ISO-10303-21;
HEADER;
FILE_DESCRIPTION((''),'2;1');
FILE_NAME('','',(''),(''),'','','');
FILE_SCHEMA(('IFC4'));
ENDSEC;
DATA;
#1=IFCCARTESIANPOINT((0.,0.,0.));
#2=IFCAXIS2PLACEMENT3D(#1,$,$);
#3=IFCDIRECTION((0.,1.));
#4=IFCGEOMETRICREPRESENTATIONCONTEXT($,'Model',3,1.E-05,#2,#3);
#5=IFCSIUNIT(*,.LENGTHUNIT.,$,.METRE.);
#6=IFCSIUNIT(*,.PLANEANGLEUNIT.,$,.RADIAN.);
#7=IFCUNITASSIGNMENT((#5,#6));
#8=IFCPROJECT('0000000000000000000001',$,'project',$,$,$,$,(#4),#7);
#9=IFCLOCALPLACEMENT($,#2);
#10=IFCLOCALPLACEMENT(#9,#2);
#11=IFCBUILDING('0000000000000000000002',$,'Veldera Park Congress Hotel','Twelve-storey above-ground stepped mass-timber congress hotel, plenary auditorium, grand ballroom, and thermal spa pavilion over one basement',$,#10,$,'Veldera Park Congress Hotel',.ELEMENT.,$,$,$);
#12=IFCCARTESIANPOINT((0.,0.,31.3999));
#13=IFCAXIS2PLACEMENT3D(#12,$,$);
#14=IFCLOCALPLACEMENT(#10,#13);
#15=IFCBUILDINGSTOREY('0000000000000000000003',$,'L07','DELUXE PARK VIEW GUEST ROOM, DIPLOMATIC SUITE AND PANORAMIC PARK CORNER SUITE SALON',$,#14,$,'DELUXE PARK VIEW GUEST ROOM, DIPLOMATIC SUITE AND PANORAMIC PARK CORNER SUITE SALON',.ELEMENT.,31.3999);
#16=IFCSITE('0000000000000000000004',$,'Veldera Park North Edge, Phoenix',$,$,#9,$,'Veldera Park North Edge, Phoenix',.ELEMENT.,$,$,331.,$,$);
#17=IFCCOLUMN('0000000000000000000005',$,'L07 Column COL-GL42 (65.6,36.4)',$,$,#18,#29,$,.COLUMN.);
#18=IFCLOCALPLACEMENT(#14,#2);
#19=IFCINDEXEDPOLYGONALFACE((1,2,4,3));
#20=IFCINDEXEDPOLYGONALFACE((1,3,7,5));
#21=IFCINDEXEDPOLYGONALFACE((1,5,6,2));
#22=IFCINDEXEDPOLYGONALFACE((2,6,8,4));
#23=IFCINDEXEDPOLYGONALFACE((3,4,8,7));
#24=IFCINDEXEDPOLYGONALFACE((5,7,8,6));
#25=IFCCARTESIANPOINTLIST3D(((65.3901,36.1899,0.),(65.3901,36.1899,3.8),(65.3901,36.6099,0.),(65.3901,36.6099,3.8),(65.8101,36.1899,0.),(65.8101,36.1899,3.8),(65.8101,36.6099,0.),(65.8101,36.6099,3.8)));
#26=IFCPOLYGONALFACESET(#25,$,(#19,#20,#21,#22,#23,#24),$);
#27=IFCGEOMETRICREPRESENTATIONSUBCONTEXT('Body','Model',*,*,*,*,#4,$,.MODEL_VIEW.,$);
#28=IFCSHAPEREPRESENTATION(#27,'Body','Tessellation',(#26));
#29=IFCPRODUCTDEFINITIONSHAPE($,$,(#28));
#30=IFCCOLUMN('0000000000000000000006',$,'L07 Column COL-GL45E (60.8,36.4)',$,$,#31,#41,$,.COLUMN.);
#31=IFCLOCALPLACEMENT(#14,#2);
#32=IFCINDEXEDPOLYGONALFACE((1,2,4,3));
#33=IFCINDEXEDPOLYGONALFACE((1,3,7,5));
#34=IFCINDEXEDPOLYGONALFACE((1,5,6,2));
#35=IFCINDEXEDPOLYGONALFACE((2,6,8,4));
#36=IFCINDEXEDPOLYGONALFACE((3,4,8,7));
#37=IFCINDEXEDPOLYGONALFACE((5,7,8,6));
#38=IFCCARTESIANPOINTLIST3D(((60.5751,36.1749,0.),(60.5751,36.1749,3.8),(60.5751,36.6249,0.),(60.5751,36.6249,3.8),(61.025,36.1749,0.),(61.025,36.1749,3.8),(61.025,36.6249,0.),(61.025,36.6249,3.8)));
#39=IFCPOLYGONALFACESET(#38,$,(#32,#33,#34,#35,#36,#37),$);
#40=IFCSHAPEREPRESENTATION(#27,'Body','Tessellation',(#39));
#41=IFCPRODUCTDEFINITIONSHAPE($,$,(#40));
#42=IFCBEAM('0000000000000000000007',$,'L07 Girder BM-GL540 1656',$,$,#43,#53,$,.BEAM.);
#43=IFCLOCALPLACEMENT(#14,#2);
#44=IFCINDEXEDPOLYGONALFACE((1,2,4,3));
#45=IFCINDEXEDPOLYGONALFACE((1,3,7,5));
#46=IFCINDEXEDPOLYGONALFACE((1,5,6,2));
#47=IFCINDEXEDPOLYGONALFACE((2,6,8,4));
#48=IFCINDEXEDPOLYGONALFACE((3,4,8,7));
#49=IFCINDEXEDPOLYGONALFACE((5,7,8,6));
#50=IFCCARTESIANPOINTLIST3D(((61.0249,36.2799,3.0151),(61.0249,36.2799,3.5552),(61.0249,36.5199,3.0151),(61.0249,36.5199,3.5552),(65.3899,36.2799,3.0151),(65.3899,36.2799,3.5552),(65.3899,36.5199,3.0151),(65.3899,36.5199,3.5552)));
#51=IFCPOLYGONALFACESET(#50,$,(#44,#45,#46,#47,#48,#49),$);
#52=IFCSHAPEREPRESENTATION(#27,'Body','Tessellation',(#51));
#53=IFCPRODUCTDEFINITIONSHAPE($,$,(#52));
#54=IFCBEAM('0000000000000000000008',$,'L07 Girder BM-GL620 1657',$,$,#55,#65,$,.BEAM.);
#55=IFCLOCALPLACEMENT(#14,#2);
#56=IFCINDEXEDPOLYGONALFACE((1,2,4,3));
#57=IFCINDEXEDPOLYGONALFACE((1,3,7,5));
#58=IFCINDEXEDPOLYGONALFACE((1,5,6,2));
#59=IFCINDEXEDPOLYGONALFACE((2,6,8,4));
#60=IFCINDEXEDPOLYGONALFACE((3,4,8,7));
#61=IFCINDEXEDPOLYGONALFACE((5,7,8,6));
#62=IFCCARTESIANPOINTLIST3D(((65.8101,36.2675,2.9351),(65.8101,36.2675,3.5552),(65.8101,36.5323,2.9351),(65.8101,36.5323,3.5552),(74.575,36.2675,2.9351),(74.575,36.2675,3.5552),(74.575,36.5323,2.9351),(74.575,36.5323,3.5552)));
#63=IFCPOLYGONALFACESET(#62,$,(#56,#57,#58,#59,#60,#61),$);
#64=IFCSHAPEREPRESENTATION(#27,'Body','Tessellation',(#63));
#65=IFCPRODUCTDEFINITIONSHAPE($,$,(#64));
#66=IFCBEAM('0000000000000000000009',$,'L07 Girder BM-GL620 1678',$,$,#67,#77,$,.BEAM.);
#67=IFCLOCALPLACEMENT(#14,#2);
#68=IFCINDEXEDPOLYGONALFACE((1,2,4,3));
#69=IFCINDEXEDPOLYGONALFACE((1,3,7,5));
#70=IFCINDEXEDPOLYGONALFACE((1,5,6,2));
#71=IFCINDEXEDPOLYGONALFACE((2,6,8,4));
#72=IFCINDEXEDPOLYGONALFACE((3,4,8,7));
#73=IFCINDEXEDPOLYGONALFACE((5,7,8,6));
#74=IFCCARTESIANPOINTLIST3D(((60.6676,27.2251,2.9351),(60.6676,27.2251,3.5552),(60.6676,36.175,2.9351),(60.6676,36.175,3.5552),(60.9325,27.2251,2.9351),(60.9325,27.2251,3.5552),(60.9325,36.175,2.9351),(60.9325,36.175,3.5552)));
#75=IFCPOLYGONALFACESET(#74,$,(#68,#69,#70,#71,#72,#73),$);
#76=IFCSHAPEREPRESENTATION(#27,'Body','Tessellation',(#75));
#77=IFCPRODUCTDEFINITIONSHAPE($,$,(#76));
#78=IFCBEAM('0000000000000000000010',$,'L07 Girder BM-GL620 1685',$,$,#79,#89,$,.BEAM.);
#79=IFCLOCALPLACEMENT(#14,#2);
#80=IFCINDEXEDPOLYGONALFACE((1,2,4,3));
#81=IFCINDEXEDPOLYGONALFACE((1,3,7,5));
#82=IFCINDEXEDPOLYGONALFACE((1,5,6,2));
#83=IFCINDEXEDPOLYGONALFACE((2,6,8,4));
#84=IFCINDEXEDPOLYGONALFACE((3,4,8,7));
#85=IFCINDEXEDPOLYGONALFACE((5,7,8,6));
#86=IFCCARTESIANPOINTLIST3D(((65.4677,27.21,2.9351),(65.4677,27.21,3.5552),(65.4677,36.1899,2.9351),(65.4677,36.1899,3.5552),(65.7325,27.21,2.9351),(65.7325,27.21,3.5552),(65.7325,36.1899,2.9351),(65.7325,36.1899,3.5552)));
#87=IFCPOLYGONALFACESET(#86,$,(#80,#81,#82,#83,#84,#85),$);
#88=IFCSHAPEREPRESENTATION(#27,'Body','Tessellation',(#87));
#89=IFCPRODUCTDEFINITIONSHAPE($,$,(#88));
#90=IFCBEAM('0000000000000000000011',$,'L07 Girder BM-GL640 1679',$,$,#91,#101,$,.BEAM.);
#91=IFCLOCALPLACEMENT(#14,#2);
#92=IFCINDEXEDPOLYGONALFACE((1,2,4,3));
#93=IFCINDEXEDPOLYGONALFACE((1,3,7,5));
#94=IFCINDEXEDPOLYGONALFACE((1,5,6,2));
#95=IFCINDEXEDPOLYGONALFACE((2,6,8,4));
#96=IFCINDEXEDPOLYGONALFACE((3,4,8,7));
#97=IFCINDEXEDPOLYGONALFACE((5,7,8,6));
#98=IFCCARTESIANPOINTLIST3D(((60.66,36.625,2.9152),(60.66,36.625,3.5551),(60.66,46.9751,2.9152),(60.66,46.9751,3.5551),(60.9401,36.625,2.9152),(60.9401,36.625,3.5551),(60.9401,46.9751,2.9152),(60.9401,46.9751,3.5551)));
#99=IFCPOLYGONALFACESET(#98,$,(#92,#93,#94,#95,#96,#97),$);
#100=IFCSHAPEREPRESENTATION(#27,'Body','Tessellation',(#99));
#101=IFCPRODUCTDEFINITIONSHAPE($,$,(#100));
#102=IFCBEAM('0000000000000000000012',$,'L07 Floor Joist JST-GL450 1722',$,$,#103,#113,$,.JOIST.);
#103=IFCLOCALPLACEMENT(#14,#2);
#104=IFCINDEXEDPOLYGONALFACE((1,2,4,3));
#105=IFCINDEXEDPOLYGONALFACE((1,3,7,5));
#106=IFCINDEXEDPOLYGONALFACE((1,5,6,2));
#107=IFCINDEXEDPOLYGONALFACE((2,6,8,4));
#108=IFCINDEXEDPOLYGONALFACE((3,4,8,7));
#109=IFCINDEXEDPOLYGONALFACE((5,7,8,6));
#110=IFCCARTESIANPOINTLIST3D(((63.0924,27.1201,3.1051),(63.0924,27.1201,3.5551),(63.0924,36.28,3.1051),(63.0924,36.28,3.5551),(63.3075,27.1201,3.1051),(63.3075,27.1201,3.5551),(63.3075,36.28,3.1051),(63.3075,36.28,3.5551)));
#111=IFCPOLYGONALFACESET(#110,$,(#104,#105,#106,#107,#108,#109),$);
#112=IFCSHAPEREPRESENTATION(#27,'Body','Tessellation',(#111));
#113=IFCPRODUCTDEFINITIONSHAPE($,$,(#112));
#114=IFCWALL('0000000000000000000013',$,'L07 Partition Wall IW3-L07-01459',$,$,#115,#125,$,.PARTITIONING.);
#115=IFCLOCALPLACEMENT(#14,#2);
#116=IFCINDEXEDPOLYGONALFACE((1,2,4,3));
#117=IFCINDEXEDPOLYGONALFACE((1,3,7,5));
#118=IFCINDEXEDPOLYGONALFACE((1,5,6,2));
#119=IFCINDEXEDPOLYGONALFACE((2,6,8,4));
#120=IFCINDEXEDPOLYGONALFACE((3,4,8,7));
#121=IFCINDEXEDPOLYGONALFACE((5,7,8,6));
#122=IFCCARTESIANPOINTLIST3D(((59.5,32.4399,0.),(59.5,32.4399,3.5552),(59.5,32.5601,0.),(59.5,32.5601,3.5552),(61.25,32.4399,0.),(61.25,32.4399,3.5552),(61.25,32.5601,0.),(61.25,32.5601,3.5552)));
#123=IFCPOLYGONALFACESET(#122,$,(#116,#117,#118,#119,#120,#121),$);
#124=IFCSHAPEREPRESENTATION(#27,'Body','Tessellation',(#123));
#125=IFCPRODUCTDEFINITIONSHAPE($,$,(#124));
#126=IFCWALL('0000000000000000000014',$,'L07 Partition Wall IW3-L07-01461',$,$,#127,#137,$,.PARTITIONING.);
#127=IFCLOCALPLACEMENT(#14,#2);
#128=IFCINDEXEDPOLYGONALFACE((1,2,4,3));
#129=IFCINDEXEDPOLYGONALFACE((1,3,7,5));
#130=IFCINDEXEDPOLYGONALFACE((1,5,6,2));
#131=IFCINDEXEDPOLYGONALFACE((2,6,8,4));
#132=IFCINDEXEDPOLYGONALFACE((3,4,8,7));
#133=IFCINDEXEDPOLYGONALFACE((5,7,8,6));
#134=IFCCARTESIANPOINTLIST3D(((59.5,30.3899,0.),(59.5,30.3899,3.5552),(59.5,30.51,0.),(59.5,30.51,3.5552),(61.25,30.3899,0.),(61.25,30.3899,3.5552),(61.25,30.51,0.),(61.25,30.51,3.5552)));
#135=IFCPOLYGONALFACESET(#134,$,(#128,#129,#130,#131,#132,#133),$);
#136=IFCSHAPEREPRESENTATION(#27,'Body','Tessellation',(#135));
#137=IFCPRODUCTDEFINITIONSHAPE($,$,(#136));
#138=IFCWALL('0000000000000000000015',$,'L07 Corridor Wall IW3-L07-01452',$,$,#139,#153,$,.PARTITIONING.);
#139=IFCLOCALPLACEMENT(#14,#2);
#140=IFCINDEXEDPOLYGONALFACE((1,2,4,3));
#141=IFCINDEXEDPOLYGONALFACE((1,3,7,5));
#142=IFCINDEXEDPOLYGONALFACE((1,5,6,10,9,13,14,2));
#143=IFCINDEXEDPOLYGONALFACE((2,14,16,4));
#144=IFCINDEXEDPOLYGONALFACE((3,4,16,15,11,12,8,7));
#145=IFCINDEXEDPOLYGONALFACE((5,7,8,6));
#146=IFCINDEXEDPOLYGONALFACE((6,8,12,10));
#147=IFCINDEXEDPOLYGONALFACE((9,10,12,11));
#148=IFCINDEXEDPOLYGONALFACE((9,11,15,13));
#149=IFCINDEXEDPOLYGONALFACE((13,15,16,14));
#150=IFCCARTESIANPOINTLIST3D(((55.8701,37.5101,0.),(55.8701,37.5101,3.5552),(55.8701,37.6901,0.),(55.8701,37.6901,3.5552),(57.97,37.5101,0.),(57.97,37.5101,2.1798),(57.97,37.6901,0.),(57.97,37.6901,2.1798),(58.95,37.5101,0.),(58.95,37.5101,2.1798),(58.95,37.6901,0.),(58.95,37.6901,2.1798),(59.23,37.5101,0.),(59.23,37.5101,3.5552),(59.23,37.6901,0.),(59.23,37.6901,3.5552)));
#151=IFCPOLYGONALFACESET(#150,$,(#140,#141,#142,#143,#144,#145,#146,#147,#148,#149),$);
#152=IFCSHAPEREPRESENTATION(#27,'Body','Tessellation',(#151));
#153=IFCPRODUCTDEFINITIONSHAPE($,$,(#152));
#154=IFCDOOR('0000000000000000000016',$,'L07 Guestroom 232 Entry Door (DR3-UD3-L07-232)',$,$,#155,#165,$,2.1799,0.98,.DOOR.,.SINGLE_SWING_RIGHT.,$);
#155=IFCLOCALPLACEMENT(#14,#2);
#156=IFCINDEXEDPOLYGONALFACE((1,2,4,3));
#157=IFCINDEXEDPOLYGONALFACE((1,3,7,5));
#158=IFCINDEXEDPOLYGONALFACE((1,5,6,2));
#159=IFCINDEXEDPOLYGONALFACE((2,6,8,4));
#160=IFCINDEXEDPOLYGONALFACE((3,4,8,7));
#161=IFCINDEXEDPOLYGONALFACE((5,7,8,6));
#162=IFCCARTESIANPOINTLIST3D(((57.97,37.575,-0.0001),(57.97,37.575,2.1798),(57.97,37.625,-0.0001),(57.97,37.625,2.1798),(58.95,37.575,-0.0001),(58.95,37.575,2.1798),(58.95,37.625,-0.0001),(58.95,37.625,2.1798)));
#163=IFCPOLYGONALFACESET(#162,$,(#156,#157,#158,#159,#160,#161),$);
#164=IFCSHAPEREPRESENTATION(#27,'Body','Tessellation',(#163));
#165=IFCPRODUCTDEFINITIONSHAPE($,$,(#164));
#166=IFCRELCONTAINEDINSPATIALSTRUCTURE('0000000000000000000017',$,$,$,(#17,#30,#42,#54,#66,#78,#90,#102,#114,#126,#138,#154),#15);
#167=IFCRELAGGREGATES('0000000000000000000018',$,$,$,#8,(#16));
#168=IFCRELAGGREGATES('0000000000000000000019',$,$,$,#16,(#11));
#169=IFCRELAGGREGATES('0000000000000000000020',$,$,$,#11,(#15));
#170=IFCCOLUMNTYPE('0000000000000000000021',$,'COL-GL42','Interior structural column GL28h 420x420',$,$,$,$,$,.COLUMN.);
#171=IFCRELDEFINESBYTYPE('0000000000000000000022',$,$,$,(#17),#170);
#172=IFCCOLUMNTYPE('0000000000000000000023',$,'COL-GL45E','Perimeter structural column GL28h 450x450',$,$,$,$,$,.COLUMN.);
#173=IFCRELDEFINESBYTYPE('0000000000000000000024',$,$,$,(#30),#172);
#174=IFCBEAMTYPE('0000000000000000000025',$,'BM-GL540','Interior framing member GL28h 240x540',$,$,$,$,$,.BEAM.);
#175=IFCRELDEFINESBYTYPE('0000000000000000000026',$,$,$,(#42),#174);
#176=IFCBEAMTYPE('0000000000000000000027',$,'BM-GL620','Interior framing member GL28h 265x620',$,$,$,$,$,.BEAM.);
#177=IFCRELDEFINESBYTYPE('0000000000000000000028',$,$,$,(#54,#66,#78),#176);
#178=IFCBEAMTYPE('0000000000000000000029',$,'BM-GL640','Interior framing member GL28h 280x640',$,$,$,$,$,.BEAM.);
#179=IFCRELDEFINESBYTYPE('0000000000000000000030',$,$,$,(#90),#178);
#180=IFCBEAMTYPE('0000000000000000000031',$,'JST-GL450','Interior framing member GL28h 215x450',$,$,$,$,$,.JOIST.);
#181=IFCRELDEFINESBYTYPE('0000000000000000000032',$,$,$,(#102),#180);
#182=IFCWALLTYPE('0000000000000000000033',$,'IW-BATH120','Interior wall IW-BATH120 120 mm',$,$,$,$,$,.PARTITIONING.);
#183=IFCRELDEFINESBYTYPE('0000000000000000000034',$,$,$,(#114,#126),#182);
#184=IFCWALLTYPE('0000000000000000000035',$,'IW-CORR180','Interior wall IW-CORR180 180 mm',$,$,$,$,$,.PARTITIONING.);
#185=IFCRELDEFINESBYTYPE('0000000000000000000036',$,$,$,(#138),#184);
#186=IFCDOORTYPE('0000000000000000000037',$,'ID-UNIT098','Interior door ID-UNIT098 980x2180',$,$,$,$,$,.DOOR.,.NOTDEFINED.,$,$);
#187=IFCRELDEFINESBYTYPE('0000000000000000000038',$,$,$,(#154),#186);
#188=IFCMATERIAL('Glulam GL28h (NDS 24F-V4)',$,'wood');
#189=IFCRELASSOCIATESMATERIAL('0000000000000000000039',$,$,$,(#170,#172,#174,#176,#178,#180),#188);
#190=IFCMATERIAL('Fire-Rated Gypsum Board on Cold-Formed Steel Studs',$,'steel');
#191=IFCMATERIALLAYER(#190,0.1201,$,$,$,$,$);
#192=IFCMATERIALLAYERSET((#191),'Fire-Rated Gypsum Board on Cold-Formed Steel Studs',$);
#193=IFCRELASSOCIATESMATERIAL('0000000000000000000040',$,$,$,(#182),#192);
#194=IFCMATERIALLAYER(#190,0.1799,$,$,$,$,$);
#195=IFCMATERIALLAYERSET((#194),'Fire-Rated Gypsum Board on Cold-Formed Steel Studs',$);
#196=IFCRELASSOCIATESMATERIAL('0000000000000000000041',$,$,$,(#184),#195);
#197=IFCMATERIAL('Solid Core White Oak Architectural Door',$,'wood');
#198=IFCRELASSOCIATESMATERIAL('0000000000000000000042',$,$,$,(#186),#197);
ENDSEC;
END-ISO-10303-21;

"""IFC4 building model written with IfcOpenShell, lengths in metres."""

from ifc_helpers import new_model, si_unit, direction, frame, frame_2d, origin, origin_2d, place, context, subcontext, project, spatial, rectangle, extrude, material, layer, layer_set, material_profile, profile_set, type_object, element, fill, save


model = new_model("IFC4")

# Units and contexts
model_context = context("Model", 3, precision=1e-05, world=origin(), true_north=direction((0.0, 1.0)))
body_context = subcontext(model_context, "Body", "Model", "MODEL_VIEW")
ifc_project = project(units=[si_unit("LENGTHUNIT", "METRE"), si_unit("PLANEANGLEUNIT", "RADIAN")], contexts=[model_context])

# Site, building, storey
site_placement = place(None, origin())
site = spatial("IfcSite", under=ifc_project, at=site_placement, Name="Veldera Park North Edge, Phoenix", LongName="Veldera Park North Edge, Phoenix", CompositionType="ELEMENT", RefElevation=331.0)
building_placement = place(site_placement, origin())
building = spatial("IfcBuilding", under=site, at=building_placement, Name="Veldera Park Congress Hotel", Description="Twelve-storey above-ground stepped mass-timber congress hotel, plenary auditorium, grand ballroom, and thermal spa pavilion over one basement", LongName="Veldera Park Congress Hotel", CompositionType="ELEMENT")
storey_placement = place(building_placement, frame((0.0, 0.0, 31.3999)))
storey = spatial("IfcBuildingStorey", under=building, at=storey_placement, Name="L07", Description="DELUXE PARK VIEW GUEST ROOM, DIPLOMATIC SUITE AND PANORAMIC PARK CORNER SUITE SALON", LongName="DELUXE PARK VIEW GUEST ROOM, DIPLOMATIC SUITE AND PANORAMIC PARK CORNER SUITE SALON", CompositionType="ELEMENT", Elevation=31.3999)

# Columns
ifc_material_1 = material(Name="Glulam GL28h (NDS 24F-V4)", Category="wood")
ifc_material_profile_1 = material_profile(ifc_material_1, rectangle(XDim=0.4199, YDim=0.4199, at=origin_2d()), Name="GL28h 420x420")
ifc_profile_set_1 = profile_set([ifc_material_profile_1], Name="Glulam GL28h (NDS 24F-V4)")
column_type_1 = type_object("IfcColumnType", Name="COL-GL42", Description="Interior structural column GL28h 420x420", PredefinedType="COLUMN", material=ifc_profile_set_1)
column_1_placement = place(storey_placement, frame((65.6001, 36.3999, 0.0), z_axis=(0.0, 0.0, 1.0), x_axis=(1.0, 0.0, 0.0)))
element("IfcColumn", 1, at=column_1_placement, inside=storey, type_object=column_type_1, Name="L07 Column COL-GL42 (65.6,36.4)", PredefinedType="COLUMN", context=body_context, shape_type="SweptSolid", body=[
    extrude(rectangle(XDim=0.4199, YDim=0.4199, at=origin_2d()), origin(), (0.0, 0.0, 1.0), 3.8),
])
ifc_material_profile_2 = material_profile(ifc_material_1, rectangle(XDim=0.45, YDim=0.45, at=origin_2d()), Name="GL28h 450x450")
ifc_profile_set_2 = profile_set([ifc_material_profile_2], Name="Glulam GL28h (NDS 24F-V4)")
column_type_2 = type_object("IfcColumnType", Name="COL-GL45E", Description="Perimeter structural column GL28h 450x450", PredefinedType="COLUMN", material=ifc_profile_set_2)
column_2_placement = place(storey_placement, frame((60.8, 36.3999, 0.0), z_axis=(0.0, 0.0, 1.0), x_axis=(1.0, 0.0, 0.0)))
element("IfcColumn", 2, at=column_2_placement, inside=storey, type_object=column_type_2, Name="L07 Column COL-GL45E (60.8,36.4)", PredefinedType="COLUMN", context=body_context, shape_type="SweptSolid", body=[
    extrude(rectangle(XDim=0.45, YDim=0.45, at=origin_2d()), origin(), (0.0, 0.0, 1.0), 3.8),
])

# Beams
ifc_material_profile_3 = material_profile(ifc_material_1, rectangle(XDim=0.24, YDim=0.54, at=origin_2d()), Name="GL28h 240x540")
ifc_profile_set_3 = profile_set([ifc_material_profile_3], Name="Glulam GL28h (NDS 24F-V4)")
beam_type_1 = type_object("IfcBeamType", Name="BM-GL540", Description="Interior framing member GL28h 240x540", PredefinedType="BEAM", material=ifc_profile_set_3)
beam_1_placement = place(storey_placement, frame((61.0249, 36.3999, 3.2852), z_axis=(1.0, 0.0, 0.0), x_axis=(0.0, 1.0, 0.0)))
element("IfcBeam", 3, at=beam_1_placement, inside=storey, type_object=beam_type_1, Name="L07 Girder BM-GL540 1656", PredefinedType="BEAM", context=body_context, shape_type="SweptSolid", body=[
    extrude(rectangle(XDim=0.24, YDim=0.54, at=origin_2d()), origin(), (0.0, 0.0, 1.0), 4.365),
])
ifc_material_profile_4 = material_profile(ifc_material_1, rectangle(XDim=0.2649, YDim=0.6201, at=origin_2d()), Name="GL28h 265x620")
ifc_profile_set_4 = profile_set([ifc_material_profile_4], Name="Glulam GL28h (NDS 24F-V4)")
beam_type_2 = type_object("IfcBeamType", Name="BM-GL620", Description="Interior framing member GL28h 265x620", PredefinedType="BEAM", material=ifc_profile_set_4)
beam_2_placement = place(storey_placement, frame((65.8101, 36.3999, 3.2451), z_axis=(1.0, 0.0, 0.0), x_axis=(0.0, 1.0, 0.0)))
element("IfcBeam", 4, at=beam_2_placement, inside=storey, type_object=beam_type_2, Name="L07 Girder BM-GL620 1657", PredefinedType="BEAM", context=body_context, shape_type="SweptSolid", body=[
    extrude(rectangle(XDim=0.2649, YDim=0.6201, at=origin_2d()), origin(), (0.0, 0.0, 1.0), 8.7649),
])
beam_3_placement = place(storey_placement, frame((60.8, 27.2251, 3.2451), z_axis=(0.0, 1.0, 0.0), x_axis=(-1.0, 0.0, 0.0)))
element("IfcBeam", 5, at=beam_3_placement, inside=storey, type_object=beam_type_2, Name="L07 Girder BM-GL620 1678", PredefinedType="BEAM", context=body_context, shape_type="SweptSolid", body=[
    extrude(rectangle(XDim=0.2649, YDim=0.6201, at=origin_2d()), origin(), (0.0, 0.0, 1.0), 8.95),
])
beam_4_placement = place(storey_placement, frame((65.6001, 27.21, 3.2451), z_axis=(0.0, 1.0, 0.0), x_axis=(-1.0, 0.0, 0.0)))
element("IfcBeam", 6, at=beam_4_placement, inside=storey, type_object=beam_type_2, Name="L07 Girder BM-GL620 1685", PredefinedType="BEAM", context=body_context, shape_type="SweptSolid", body=[
    extrude(rectangle(XDim=0.2649, YDim=0.6201, at=origin_2d()), origin(), (0.0, 0.0, 1.0), 8.98),
])
ifc_material_profile_5 = material_profile(ifc_material_1, rectangle(XDim=0.28, YDim=0.6399, at=origin_2d()), Name="GL28h 280x640")
ifc_profile_set_5 = profile_set([ifc_material_profile_5], Name="Glulam GL28h (NDS 24F-V4)")
beam_type_3 = type_object("IfcBeamType", Name="BM-GL640", Description="Interior framing member GL28h 280x640", PredefinedType="BEAM", material=ifc_profile_set_5)
beam_5_placement = place(storey_placement, frame((60.8, 36.625, 3.2351), z_axis=(0.0, 1.0, 0.0), x_axis=(-1.0, 0.0, 0.0)))
element("IfcBeam", 7, at=beam_5_placement, inside=storey, type_object=beam_type_3, Name="L07 Girder BM-GL640 1679", PredefinedType="BEAM", context=body_context, shape_type="SweptSolid", body=[
    extrude(rectangle(XDim=0.28, YDim=0.6399, at=origin_2d()), origin(), (0.0, 0.0, 1.0), 10.3501),
])
ifc_material_profile_6 = material_profile(ifc_material_1, rectangle(XDim=0.2151, YDim=0.45, at=origin_2d()), Name="GL28h 215x450")
ifc_profile_set_6 = profile_set([ifc_material_profile_6], Name="Glulam GL28h (NDS 24F-V4)")
beam_type_4 = type_object("IfcBeamType", Name="JST-GL450", Description="Interior framing member GL28h 215x450", PredefinedType="JOIST", material=ifc_profile_set_6)
beam_6_placement = place(storey_placement, frame((63.2, 27.1201, 3.3301), z_axis=(0.0, 1.0, 0.0), x_axis=(-1.0, 0.0, 0.0)))
element("IfcBeam", 8, at=beam_6_placement, inside=storey, type_object=beam_type_4, Name="L07 Floor Joist JST-GL450 1722", PredefinedType="JOIST", context=body_context, shape_type="SweptSolid", body=[
    extrude(rectangle(XDim=0.2151, YDim=0.45, at=origin_2d()), origin(), (0.0, 0.0, 1.0), 9.1599),
])

# Wall
ifc_material_2 = material(Name="Fire-Rated Gypsum Board on Cold-Formed Steel Studs", Category="steel")
ifc_layer_1 = layer(ifc_material_2, 0.1201)
ifc_layer_set_1 = layer_set([ifc_layer_1], Name="Fire-Rated Gypsum Board on Cold-Formed Steel Studs")
wall_type_1 = type_object("IfcWallType", Name="IW-BATH120", Description="Interior wall IW-BATH120 120 mm", PredefinedType="PARTITIONING", material=ifc_layer_set_1)
wall_1_placement = place(storey_placement, frame((59.5, 32.5, 0.0), z_axis=(0.0, 0.0, 1.0), x_axis=(1.0, 0.0, 0.0)))
element("IfcWall", 9, at=wall_1_placement, inside=storey, type_object=wall_type_1, Name="L07 Partition Wall IW3-L07-01459", PredefinedType="PARTITIONING", context=body_context, shape_type="SweptSolid", body=[
    extrude(rectangle(XDim=1.75, YDim=0.1201, at=frame_2d((0.875, 0.0))), origin(), (0.0, 0.0, 1.0), 3.5552),
])

# Shared definitions
ifc_material_3 = material(Name="Solid Core White Oak Architectural Door", Category="wood")

# Wall
wall_2_placement = place(storey_placement, frame((59.5, 30.45, 0.0), z_axis=(0.0, 0.0, 1.0), x_axis=(1.0, 0.0, 0.0)))
element("IfcWall", 10, at=wall_2_placement, inside=storey, type_object=wall_type_1, Name="L07 Partition Wall IW3-L07-01461", PredefinedType="PARTITIONING", context=body_context, shape_type="SweptSolid", body=[
    extrude(rectangle(XDim=1.75, YDim=0.1201, at=frame_2d((0.875, 0.0))), origin(), (0.0, 0.0, 1.0), 3.5552),
])

# Wall, opening, door
ifc_layer_2 = layer(ifc_material_2, 0.1799)
ifc_layer_set_2 = layer_set([ifc_layer_2], Name="Fire-Rated Gypsum Board on Cold-Formed Steel Studs")
wall_type_2 = type_object("IfcWallType", Name="IW-CORR180", Description="Interior wall IW-CORR180 180 mm", PredefinedType="PARTITIONING", material=ifc_layer_set_2)
wall_3_placement = place(storey_placement, frame((59.23, 37.6001, 0.0), z_axis=(0.0, 0.0, 1.0), x_axis=(-1.0, 0.0, 0.0)))
wall_3 = element("IfcWall", 11, at=wall_3_placement, inside=storey, type_object=wall_type_2, Name="L07 Corridor Wall IW3-L07-01452", PredefinedType="PARTITIONING", context=body_context, shape_type="SweptSolid", body=[
    extrude(rectangle(XDim=3.3599, YDim=0.1799, at=frame_2d((1.6799, 0.0))), origin(), (0.0, 0.0, 1.0), 3.5552),
])
opening_1_placement = place(wall_3_placement, frame((0.28, 0.0, 0.0)))
opening_1 = element("IfcOpeningElement", 12, at=opening_1_placement, cuts=wall_3, PredefinedType="OPENING", context=body_context, shape_type="SweptSolid", body=[
    extrude(rectangle(XDim=0.98, YDim=2.1799, at=frame_2d((0.49, 1.0898))), frame((0.0, 0.1021, 0.0), z_axis=(0.0, -1.0, 0.0), x_axis=(1.0, 0.0, 0.0)), (0.0, 0.0, 1.0), 0.2039),
])
door_type_1 = type_object("IfcDoorType", Name="ID-UNIT098", Description="Interior door ID-UNIT098 980x2180", OperationType="NOTDEFINED", PredefinedType="DOOR", material=ifc_material_3)
door_1_placement = place(opening_1_placement, frame((0.98, 0.0, 0.0), z_axis=(0.0, 0.0, 1.0), x_axis=(-1.0, 0.0, 0.0)))
door_1 = element("IfcDoor", 13, at=door_1_placement, inside=storey, type_object=door_type_1, Name="L07 Guestroom 232 Entry Door (DR3-UD3-L07-232)", OperationType="SINGLE_SWING_RIGHT", OverallHeight=2.1799, OverallWidth=0.98, PredefinedType="DOOR", context=body_context, shape_type="SweptSolid", body=[
    extrude(rectangle(XDim=0.98, YDim=2.1799, at=frame_2d((0.49, 1.0898))), frame((0.0, 0.0249, 0.0), z_axis=(0.0, -1.0, 0.0), x_axis=(1.0, 0.0, 0.0)), (0.0, 0.0, 1.0), 0.05),
])
fill(opening_1, door_1)

save(model, "model.ifc")
